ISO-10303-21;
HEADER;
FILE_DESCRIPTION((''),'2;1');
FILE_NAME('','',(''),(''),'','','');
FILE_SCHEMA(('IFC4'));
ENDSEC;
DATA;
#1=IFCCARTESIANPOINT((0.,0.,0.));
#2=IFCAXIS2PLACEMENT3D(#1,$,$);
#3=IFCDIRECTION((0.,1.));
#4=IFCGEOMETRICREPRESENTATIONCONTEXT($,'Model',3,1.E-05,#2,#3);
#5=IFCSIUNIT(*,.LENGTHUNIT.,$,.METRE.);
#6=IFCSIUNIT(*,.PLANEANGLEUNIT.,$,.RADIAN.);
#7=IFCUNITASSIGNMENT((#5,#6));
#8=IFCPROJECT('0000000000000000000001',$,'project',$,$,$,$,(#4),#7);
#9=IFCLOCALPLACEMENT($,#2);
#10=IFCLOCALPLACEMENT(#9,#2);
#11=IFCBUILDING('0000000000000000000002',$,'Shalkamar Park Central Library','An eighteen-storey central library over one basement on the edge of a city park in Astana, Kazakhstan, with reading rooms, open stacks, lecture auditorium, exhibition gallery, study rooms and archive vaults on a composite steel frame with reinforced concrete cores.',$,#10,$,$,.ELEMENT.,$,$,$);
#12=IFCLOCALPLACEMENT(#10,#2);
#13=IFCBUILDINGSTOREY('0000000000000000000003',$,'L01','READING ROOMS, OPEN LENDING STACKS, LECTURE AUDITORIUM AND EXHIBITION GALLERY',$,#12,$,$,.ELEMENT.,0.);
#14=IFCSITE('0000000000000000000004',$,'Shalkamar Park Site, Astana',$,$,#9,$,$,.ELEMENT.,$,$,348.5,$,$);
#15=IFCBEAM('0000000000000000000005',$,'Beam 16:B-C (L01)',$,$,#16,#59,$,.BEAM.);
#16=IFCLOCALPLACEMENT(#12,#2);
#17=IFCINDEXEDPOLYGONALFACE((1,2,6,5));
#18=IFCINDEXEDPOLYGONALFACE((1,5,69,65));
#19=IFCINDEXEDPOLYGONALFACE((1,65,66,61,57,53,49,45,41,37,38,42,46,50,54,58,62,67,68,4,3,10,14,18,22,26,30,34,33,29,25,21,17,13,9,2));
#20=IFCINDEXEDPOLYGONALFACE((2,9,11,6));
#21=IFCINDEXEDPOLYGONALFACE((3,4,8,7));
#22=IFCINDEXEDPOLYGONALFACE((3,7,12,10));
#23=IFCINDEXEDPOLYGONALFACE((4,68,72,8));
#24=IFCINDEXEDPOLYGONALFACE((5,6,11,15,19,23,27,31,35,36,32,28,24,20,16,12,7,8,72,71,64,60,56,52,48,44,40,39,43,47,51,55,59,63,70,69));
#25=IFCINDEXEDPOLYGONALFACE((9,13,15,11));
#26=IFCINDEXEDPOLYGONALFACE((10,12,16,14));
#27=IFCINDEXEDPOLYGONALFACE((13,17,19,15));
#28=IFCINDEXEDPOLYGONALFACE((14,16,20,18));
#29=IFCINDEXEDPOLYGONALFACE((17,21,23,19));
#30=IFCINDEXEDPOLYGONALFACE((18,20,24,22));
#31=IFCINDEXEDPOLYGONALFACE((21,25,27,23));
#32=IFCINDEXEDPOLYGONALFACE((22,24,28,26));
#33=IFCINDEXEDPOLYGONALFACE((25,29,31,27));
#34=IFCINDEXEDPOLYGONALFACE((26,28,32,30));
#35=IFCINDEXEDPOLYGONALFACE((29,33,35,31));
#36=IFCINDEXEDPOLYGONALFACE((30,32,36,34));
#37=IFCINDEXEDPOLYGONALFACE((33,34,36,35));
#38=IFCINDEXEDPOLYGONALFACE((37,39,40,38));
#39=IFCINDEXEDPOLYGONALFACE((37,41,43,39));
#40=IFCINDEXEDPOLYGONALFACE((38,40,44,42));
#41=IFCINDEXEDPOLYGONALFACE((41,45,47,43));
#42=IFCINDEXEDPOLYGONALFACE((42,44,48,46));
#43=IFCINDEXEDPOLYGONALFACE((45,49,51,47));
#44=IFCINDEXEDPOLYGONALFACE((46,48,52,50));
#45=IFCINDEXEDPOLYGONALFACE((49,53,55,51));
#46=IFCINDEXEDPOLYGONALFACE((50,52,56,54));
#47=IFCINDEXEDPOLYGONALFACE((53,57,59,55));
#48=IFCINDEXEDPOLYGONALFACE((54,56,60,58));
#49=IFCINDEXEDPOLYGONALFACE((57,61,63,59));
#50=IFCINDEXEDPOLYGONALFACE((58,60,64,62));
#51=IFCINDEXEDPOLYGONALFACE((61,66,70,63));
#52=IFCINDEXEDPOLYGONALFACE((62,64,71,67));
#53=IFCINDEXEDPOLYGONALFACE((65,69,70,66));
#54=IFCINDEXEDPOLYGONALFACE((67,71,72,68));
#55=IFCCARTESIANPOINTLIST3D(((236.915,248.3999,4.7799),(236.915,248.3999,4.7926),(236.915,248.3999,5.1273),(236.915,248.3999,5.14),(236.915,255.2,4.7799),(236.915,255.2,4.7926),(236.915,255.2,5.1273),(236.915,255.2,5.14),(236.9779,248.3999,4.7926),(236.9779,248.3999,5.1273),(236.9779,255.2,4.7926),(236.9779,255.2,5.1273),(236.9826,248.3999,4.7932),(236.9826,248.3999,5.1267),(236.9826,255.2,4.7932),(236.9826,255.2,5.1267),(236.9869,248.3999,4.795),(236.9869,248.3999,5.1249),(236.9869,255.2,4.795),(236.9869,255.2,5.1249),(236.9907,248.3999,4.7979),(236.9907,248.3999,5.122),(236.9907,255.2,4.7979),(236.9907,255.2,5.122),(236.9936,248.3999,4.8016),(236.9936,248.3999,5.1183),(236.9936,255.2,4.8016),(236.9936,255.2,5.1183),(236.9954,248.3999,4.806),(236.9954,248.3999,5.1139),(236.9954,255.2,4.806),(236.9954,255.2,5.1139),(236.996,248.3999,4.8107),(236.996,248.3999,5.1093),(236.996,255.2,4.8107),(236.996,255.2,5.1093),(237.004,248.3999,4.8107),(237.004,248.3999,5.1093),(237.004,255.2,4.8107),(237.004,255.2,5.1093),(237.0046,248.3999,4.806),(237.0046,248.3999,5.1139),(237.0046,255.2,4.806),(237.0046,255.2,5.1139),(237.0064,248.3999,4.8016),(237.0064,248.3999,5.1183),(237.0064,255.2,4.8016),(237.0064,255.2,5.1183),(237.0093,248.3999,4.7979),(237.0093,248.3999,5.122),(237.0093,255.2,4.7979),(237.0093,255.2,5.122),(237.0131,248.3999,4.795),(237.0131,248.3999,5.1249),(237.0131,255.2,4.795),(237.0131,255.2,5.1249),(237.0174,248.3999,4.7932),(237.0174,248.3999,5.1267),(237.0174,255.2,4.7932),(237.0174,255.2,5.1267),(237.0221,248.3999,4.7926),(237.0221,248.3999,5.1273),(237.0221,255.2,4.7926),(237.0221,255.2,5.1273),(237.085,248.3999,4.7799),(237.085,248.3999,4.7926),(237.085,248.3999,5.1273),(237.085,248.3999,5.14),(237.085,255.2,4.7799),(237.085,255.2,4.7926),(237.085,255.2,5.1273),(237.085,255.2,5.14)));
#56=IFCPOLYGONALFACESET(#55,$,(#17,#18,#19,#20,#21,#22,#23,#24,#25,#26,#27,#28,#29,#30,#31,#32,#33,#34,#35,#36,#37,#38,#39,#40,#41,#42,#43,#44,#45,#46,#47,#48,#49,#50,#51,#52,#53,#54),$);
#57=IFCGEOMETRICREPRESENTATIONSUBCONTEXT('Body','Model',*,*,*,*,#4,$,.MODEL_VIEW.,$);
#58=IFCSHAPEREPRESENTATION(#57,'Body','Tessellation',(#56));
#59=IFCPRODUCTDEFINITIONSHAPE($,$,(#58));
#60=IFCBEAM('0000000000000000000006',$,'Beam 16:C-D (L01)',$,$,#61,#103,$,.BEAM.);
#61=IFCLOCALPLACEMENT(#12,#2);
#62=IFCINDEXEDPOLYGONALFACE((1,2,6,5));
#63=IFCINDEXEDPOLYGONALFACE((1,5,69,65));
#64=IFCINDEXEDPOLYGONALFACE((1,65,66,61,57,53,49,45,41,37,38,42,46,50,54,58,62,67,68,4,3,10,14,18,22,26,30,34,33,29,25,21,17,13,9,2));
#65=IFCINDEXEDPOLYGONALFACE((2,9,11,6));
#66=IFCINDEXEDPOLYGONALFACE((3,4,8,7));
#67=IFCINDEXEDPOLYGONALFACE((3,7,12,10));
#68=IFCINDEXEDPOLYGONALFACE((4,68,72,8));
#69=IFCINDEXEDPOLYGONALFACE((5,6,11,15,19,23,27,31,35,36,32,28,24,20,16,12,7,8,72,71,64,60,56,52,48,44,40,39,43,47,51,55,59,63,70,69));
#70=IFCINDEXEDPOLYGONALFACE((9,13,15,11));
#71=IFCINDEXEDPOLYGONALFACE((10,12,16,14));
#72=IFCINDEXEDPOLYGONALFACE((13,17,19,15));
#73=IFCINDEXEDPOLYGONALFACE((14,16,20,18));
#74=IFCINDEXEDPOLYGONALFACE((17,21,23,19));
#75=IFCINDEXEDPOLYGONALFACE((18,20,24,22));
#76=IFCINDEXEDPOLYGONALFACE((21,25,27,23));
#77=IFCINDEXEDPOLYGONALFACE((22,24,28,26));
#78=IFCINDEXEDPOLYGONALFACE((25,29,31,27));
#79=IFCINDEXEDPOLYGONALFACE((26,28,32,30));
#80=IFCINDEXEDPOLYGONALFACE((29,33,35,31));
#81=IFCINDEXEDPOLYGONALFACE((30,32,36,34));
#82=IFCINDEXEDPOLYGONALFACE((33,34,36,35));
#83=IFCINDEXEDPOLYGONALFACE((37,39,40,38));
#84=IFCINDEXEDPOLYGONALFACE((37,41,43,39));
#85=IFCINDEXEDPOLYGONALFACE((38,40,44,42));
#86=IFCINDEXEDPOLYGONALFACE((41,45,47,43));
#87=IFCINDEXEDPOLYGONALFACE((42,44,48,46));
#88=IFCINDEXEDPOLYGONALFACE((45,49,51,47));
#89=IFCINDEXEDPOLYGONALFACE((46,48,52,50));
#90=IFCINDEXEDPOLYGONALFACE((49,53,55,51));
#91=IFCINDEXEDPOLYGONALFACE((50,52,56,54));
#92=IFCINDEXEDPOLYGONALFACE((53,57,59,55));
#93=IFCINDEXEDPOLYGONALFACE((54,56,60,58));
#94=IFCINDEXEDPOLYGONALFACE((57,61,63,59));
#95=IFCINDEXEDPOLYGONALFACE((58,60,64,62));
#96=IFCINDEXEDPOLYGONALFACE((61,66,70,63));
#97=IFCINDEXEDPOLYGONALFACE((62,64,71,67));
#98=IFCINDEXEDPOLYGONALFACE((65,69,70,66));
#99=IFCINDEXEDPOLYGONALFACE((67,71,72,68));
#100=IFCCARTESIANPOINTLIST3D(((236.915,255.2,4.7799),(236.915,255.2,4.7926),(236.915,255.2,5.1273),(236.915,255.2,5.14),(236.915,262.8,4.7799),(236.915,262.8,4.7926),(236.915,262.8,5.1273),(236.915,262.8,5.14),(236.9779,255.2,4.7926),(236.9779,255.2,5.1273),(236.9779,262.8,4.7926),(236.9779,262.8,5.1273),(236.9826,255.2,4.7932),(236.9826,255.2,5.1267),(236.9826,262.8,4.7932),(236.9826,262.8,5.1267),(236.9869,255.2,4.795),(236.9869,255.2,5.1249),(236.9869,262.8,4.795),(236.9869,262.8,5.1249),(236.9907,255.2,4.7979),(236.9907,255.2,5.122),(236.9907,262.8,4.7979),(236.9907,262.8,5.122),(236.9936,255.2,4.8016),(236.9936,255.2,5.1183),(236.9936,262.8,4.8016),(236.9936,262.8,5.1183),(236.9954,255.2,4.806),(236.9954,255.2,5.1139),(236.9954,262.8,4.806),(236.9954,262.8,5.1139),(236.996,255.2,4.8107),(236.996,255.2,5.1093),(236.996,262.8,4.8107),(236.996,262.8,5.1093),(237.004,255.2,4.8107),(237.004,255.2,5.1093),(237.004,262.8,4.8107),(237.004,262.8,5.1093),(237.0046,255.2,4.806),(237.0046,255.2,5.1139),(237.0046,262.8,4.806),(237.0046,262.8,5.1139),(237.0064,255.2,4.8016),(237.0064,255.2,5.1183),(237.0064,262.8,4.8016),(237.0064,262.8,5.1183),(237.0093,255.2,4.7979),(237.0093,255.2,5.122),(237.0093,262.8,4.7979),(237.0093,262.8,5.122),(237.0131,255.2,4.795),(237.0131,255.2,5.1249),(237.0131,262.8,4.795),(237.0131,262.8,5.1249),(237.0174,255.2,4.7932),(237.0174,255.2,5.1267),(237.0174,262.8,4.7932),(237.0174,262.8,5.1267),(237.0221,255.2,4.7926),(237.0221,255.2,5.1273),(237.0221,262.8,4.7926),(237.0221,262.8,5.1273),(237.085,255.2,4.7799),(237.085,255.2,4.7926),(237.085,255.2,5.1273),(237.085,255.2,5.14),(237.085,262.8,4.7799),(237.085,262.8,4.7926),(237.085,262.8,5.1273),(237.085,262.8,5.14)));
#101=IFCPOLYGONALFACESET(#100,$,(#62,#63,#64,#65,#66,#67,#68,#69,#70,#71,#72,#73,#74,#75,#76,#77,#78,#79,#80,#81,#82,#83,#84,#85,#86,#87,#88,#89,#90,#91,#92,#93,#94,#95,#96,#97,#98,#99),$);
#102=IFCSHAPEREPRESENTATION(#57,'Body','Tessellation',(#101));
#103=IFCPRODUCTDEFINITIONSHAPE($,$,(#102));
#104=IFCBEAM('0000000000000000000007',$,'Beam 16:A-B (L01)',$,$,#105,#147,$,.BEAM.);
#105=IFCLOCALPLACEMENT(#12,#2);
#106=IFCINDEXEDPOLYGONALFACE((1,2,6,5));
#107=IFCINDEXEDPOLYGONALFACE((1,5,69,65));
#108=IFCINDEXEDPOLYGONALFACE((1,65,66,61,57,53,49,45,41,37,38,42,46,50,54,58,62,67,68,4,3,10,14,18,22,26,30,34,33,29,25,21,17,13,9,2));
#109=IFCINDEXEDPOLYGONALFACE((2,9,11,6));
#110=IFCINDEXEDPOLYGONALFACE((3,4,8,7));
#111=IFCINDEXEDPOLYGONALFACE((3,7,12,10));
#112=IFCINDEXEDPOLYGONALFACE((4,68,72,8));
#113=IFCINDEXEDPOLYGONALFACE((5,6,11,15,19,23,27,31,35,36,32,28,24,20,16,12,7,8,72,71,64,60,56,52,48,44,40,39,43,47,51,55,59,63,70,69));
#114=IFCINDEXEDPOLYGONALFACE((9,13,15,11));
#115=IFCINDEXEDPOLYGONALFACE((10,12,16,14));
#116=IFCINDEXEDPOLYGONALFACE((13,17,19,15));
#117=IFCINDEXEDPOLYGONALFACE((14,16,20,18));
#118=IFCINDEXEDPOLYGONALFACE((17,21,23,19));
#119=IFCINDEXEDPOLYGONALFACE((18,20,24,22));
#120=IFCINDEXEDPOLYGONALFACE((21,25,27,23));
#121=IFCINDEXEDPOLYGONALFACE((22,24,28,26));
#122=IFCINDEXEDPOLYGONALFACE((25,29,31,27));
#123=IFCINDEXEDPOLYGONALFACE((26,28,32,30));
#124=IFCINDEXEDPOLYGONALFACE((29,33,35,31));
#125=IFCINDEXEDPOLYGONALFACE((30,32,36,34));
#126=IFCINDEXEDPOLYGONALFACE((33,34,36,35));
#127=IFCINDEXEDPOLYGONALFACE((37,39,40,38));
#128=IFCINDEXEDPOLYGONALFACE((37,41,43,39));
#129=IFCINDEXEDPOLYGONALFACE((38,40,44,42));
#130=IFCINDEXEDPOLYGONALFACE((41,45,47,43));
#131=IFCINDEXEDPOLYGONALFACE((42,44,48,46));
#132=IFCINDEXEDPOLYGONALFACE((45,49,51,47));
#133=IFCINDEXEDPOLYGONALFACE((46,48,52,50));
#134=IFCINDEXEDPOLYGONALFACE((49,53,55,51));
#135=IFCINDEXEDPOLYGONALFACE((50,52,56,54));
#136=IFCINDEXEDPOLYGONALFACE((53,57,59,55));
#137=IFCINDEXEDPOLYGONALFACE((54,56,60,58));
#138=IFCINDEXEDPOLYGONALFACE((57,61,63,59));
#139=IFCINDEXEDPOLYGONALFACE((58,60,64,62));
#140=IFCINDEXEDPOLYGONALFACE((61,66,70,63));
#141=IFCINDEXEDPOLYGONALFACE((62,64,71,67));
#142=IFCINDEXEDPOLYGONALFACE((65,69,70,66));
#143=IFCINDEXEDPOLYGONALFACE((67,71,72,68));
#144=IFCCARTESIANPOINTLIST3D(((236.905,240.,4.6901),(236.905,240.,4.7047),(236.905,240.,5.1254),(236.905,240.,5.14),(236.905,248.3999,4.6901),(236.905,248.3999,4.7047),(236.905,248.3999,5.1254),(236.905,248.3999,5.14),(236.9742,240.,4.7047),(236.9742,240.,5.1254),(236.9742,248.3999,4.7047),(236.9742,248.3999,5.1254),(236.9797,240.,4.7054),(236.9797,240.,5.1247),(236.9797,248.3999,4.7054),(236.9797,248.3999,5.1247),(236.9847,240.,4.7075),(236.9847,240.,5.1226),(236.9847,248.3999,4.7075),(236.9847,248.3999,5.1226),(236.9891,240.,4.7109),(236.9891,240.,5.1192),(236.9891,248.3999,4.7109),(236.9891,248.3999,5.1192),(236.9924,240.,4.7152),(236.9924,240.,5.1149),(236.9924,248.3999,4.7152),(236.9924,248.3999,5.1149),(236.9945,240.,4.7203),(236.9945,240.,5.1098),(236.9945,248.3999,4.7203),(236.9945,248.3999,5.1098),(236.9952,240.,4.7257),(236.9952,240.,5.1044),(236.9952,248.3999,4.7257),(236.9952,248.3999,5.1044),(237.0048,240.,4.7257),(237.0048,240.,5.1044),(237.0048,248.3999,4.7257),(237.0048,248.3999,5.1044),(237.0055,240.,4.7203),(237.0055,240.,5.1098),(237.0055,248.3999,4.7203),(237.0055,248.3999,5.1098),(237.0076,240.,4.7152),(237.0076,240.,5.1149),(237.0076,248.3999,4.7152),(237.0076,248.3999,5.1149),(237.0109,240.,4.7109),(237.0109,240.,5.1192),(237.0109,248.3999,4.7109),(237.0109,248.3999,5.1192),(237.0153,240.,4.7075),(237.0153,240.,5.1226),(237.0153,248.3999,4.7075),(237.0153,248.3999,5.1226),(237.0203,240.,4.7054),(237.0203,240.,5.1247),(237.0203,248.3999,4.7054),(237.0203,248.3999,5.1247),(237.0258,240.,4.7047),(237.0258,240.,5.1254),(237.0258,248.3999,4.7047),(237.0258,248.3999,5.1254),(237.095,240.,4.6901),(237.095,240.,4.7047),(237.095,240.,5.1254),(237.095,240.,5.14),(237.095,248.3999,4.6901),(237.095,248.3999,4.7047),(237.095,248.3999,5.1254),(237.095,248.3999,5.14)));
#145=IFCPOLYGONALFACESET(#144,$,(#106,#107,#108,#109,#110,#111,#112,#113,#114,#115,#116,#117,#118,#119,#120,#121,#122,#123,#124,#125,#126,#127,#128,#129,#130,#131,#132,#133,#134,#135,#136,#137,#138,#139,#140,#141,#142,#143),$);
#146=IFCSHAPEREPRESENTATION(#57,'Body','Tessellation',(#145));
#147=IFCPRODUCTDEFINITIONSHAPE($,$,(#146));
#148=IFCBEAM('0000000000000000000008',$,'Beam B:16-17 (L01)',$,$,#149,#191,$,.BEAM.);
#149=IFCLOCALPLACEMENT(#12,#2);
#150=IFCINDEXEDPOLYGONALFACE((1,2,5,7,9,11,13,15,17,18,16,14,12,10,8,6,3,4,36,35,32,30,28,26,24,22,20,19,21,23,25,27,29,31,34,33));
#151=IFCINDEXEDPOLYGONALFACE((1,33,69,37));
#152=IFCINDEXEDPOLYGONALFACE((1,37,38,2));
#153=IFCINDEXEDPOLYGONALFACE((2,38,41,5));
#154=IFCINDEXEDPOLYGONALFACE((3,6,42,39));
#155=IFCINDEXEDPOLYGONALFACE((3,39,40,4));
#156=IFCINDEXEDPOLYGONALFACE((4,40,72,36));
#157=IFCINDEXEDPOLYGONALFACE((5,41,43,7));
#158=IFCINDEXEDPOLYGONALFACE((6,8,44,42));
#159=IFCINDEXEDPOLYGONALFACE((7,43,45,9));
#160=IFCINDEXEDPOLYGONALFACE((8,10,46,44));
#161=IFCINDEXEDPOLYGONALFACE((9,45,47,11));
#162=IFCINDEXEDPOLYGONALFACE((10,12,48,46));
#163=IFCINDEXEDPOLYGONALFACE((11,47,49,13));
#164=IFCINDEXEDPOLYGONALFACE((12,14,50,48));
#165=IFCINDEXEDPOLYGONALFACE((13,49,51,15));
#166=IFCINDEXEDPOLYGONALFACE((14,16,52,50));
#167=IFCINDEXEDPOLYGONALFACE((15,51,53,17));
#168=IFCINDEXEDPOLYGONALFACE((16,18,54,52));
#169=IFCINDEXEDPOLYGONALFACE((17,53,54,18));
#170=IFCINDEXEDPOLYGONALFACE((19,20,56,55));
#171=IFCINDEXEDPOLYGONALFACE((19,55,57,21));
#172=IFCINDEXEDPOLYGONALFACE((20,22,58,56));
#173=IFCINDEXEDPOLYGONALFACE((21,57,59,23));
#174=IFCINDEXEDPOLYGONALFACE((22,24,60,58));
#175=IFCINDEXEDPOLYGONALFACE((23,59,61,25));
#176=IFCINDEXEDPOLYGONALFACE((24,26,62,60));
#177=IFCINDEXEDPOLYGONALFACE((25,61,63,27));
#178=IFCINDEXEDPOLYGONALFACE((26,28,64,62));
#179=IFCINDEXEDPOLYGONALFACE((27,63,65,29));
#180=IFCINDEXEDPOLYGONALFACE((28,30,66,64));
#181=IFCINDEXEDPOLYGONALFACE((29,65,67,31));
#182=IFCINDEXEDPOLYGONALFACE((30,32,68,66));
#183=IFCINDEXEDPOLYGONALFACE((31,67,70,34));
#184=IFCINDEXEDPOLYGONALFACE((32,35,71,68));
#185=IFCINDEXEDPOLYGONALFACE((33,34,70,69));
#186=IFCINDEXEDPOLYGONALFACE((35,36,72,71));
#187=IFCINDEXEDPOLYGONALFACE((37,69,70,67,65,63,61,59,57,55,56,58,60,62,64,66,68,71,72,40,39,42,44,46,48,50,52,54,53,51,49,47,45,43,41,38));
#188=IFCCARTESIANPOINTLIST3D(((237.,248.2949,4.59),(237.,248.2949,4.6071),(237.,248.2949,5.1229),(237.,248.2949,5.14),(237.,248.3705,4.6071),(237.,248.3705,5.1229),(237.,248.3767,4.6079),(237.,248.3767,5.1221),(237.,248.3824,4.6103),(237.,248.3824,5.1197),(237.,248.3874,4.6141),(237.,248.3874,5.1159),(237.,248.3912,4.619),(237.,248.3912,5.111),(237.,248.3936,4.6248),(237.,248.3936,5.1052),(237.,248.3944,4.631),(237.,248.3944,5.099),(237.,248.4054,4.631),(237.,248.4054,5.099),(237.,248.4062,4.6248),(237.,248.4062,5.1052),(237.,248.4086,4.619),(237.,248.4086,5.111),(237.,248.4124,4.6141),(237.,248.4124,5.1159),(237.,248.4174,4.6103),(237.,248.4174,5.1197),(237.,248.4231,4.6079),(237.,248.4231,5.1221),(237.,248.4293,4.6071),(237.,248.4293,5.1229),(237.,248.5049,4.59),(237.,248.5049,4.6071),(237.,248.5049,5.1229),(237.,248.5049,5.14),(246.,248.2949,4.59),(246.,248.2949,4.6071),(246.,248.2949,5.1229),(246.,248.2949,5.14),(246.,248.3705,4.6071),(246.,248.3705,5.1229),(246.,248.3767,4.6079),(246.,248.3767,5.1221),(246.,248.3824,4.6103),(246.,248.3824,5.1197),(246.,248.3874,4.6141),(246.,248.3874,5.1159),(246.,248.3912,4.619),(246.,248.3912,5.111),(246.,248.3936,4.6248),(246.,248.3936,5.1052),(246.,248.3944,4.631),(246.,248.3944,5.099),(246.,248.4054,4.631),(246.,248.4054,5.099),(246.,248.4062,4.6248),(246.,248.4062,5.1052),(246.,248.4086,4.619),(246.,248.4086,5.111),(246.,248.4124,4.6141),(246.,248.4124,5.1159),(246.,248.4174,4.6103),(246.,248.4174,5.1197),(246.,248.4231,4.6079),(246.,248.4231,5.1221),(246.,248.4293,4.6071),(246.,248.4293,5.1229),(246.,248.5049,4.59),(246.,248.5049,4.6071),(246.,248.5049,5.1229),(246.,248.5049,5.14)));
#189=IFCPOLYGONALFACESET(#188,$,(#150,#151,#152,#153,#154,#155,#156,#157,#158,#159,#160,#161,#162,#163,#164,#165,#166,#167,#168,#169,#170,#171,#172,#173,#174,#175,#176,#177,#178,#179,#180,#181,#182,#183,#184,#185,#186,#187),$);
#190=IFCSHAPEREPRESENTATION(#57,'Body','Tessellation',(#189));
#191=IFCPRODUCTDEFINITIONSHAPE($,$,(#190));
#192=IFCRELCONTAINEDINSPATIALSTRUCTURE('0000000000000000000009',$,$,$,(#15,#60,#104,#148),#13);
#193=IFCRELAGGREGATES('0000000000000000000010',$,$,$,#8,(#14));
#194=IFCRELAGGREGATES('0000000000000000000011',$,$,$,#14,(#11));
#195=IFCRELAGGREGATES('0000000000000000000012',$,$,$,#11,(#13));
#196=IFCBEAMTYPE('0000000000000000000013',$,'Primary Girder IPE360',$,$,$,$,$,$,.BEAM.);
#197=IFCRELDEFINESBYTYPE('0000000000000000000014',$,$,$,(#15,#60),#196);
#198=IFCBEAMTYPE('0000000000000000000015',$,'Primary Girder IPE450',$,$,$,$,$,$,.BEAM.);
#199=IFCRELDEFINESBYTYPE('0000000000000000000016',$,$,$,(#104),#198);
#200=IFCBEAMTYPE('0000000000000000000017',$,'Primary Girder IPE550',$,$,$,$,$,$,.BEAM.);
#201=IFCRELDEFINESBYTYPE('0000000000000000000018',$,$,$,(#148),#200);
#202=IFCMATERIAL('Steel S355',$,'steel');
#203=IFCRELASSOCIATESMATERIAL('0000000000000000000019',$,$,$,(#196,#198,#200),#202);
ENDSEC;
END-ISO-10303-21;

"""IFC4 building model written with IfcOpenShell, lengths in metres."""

from ifc_helpers import new_model, si_unit, direction, frame, origin, origin_2d, place, context, subcontext, project, spatial, i_section, extrude, material, material_profile, profile_set, type_object, element, save


model = new_model("IFC4")

# Units and contexts
model_context = context("Model", 3, precision=1e-05, world=origin(), true_north=direction((0.0, 1.0)))
body_context = subcontext(model_context, "Body", "Model", "MODEL_VIEW")
ifc_project = project(units=[si_unit("LENGTHUNIT", "METRE"), si_unit("PLANEANGLEUNIT", "RADIAN")], contexts=[model_context])

# Site, building, storey
site_placement = place(None, origin())
site = spatial("IfcSite", under=ifc_project, at=site_placement, Name="Shalkamar Park Site, Astana", CompositionType="ELEMENT", RefElevation=348.5)
building_placement = place(site_placement, origin())
building = spatial("IfcBuilding", under=site, at=building_placement, Name="Shalkamar Park Central Library", Description="An eighteen-storey central library over one basement on the edge of a city park in Astana, Kazakhstan, with reading rooms, open stacks, lecture auditorium, exhibition gallery, study rooms and archive vaults on a composite steel frame with reinforced concrete cores.", CompositionType="ELEMENT")
storey_placement = place(building_placement, origin())
storey = spatial("IfcBuildingStorey", under=building, at=storey_placement, Name="L01", Description="READING ROOMS, OPEN LENDING STACKS, LECTURE AUDITORIUM AND EXHIBITION GALLERY", CompositionType="ELEMENT", Elevation=0.0)

# Shared definitions
ifc_material_1 = material(Name="Steel S355", Category="steel")

# Beams
ifc_material_profile_1 = material_profile(ifc_material_1, i_section(OverallWidth=0.1699, OverallDepth=0.3601, WebThickness=0.0081, FlangeThickness=0.0127, FilletRadius=0.0181, at=origin_2d()), Name="IPE 360")
ifc_profile_set_1 = profile_set([ifc_material_profile_1], Name="Steel S355")
beam_type_1 = type_object("IfcBeamType", Name="Primary Girder IPE360", PredefinedType="BEAM", material=ifc_profile_set_1)
beam_1_placement = place(storey_placement, frame((237.0, 248.3999, 4.96), z_axis=(0.0, 1.0, 0.0), x_axis=(-1.0, 0.0, 0.0)))
element("IfcBeam", 1, at=beam_1_placement, inside=storey, type_object=beam_type_1, Name="Beam 16:B-C (L01)", PredefinedType="BEAM", context=body_context, shape_type="SweptSolid", body=[
    extrude(i_section(OverallWidth=0.1699, OverallDepth=0.3601, WebThickness=0.0081, FlangeThickness=0.0127, FilletRadius=0.0181, at=origin_2d()), origin(), (0.0, 0.0, 1.0), 6.8),
])
beam_2_placement = place(storey_placement, frame((237.0, 255.2, 4.96), z_axis=(0.0, 1.0, 0.0), x_axis=(-1.0, 0.0, 0.0)))
element("IfcBeam", 2, at=beam_2_placement, inside=storey, type_object=beam_type_1, Name="Beam 16:C-D (L01)", PredefinedType="BEAM", context=body_context, shape_type="SweptSolid", body=[
    extrude(i_section(OverallWidth=0.1699, OverallDepth=0.3601, WebThickness=0.0081, FlangeThickness=0.0127, FilletRadius=0.0181, at=origin_2d()), origin(), (0.0, 0.0, 1.0), 7.6001),
])
ifc_material_profile_2 = material_profile(ifc_material_1, i_section(OverallWidth=0.1899, OverallDepth=0.45, WebThickness=0.0095, FlangeThickness=0.0146, FilletRadius=0.021, at=origin_2d()), Name="IPE 450")
ifc_profile_set_2 = profile_set([ifc_material_profile_2], Name="Steel S355")
beam_type_2 = type_object("IfcBeamType", Name="Primary Girder IPE450", PredefinedType="BEAM", material=ifc_profile_set_2)
beam_3_placement = place(storey_placement, frame((237.0, 240.0, 4.915), z_axis=(0.0, 1.0, 0.0), x_axis=(-1.0, 0.0, 0.0)))
element("IfcBeam", 3, at=beam_3_placement, inside=storey, type_object=beam_type_2, Name="Beam 16:A-B (L01)", PredefinedType="BEAM", context=body_context, shape_type="SweptSolid", body=[
    extrude(i_section(OverallWidth=0.1899, OverallDepth=0.45, WebThickness=0.0095, FlangeThickness=0.0146, FilletRadius=0.021, at=origin_2d()), origin(), (0.0, 0.0, 1.0), 8.3999),
])
ifc_material_profile_3 = material_profile(ifc_material_1, i_section(OverallWidth=0.21, OverallDepth=0.55, WebThickness=0.011, FlangeThickness=0.0171, FilletRadius=0.0239, at=origin_2d()), Name="IPE 550")
ifc_profile_set_3 = profile_set([ifc_material_profile_3], Name="Steel S355")
beam_type_3 = type_object("IfcBeamType", Name="Primary Girder IPE550", PredefinedType="BEAM", material=ifc_profile_set_3)
for number, where, z_axis, x_axis, name in (
    (4, (237.0, 248.3999, 4.865), (1.0, 0.0, 0.0), (0.0, 1.0, 0.0), "Beam B:16-17 (L01)"),
):
    element("IfcBeam", number, at=place(storey_placement, frame(where, z_axis=z_axis, x_axis=x_axis)), inside=storey, type_object=beam_type_3, Name=name, PredefinedType="BEAM", context=body_context, shape_type="SweptSolid", body=[
        extrude(i_section(OverallWidth=0.21, OverallDepth=0.55, WebThickness=0.011, FlangeThickness=0.0171, FilletRadius=0.0239, at=origin_2d()), origin(), (0.0, 0.0, 1.0), 9.0),
    ])

save(model, "model.ifc")
